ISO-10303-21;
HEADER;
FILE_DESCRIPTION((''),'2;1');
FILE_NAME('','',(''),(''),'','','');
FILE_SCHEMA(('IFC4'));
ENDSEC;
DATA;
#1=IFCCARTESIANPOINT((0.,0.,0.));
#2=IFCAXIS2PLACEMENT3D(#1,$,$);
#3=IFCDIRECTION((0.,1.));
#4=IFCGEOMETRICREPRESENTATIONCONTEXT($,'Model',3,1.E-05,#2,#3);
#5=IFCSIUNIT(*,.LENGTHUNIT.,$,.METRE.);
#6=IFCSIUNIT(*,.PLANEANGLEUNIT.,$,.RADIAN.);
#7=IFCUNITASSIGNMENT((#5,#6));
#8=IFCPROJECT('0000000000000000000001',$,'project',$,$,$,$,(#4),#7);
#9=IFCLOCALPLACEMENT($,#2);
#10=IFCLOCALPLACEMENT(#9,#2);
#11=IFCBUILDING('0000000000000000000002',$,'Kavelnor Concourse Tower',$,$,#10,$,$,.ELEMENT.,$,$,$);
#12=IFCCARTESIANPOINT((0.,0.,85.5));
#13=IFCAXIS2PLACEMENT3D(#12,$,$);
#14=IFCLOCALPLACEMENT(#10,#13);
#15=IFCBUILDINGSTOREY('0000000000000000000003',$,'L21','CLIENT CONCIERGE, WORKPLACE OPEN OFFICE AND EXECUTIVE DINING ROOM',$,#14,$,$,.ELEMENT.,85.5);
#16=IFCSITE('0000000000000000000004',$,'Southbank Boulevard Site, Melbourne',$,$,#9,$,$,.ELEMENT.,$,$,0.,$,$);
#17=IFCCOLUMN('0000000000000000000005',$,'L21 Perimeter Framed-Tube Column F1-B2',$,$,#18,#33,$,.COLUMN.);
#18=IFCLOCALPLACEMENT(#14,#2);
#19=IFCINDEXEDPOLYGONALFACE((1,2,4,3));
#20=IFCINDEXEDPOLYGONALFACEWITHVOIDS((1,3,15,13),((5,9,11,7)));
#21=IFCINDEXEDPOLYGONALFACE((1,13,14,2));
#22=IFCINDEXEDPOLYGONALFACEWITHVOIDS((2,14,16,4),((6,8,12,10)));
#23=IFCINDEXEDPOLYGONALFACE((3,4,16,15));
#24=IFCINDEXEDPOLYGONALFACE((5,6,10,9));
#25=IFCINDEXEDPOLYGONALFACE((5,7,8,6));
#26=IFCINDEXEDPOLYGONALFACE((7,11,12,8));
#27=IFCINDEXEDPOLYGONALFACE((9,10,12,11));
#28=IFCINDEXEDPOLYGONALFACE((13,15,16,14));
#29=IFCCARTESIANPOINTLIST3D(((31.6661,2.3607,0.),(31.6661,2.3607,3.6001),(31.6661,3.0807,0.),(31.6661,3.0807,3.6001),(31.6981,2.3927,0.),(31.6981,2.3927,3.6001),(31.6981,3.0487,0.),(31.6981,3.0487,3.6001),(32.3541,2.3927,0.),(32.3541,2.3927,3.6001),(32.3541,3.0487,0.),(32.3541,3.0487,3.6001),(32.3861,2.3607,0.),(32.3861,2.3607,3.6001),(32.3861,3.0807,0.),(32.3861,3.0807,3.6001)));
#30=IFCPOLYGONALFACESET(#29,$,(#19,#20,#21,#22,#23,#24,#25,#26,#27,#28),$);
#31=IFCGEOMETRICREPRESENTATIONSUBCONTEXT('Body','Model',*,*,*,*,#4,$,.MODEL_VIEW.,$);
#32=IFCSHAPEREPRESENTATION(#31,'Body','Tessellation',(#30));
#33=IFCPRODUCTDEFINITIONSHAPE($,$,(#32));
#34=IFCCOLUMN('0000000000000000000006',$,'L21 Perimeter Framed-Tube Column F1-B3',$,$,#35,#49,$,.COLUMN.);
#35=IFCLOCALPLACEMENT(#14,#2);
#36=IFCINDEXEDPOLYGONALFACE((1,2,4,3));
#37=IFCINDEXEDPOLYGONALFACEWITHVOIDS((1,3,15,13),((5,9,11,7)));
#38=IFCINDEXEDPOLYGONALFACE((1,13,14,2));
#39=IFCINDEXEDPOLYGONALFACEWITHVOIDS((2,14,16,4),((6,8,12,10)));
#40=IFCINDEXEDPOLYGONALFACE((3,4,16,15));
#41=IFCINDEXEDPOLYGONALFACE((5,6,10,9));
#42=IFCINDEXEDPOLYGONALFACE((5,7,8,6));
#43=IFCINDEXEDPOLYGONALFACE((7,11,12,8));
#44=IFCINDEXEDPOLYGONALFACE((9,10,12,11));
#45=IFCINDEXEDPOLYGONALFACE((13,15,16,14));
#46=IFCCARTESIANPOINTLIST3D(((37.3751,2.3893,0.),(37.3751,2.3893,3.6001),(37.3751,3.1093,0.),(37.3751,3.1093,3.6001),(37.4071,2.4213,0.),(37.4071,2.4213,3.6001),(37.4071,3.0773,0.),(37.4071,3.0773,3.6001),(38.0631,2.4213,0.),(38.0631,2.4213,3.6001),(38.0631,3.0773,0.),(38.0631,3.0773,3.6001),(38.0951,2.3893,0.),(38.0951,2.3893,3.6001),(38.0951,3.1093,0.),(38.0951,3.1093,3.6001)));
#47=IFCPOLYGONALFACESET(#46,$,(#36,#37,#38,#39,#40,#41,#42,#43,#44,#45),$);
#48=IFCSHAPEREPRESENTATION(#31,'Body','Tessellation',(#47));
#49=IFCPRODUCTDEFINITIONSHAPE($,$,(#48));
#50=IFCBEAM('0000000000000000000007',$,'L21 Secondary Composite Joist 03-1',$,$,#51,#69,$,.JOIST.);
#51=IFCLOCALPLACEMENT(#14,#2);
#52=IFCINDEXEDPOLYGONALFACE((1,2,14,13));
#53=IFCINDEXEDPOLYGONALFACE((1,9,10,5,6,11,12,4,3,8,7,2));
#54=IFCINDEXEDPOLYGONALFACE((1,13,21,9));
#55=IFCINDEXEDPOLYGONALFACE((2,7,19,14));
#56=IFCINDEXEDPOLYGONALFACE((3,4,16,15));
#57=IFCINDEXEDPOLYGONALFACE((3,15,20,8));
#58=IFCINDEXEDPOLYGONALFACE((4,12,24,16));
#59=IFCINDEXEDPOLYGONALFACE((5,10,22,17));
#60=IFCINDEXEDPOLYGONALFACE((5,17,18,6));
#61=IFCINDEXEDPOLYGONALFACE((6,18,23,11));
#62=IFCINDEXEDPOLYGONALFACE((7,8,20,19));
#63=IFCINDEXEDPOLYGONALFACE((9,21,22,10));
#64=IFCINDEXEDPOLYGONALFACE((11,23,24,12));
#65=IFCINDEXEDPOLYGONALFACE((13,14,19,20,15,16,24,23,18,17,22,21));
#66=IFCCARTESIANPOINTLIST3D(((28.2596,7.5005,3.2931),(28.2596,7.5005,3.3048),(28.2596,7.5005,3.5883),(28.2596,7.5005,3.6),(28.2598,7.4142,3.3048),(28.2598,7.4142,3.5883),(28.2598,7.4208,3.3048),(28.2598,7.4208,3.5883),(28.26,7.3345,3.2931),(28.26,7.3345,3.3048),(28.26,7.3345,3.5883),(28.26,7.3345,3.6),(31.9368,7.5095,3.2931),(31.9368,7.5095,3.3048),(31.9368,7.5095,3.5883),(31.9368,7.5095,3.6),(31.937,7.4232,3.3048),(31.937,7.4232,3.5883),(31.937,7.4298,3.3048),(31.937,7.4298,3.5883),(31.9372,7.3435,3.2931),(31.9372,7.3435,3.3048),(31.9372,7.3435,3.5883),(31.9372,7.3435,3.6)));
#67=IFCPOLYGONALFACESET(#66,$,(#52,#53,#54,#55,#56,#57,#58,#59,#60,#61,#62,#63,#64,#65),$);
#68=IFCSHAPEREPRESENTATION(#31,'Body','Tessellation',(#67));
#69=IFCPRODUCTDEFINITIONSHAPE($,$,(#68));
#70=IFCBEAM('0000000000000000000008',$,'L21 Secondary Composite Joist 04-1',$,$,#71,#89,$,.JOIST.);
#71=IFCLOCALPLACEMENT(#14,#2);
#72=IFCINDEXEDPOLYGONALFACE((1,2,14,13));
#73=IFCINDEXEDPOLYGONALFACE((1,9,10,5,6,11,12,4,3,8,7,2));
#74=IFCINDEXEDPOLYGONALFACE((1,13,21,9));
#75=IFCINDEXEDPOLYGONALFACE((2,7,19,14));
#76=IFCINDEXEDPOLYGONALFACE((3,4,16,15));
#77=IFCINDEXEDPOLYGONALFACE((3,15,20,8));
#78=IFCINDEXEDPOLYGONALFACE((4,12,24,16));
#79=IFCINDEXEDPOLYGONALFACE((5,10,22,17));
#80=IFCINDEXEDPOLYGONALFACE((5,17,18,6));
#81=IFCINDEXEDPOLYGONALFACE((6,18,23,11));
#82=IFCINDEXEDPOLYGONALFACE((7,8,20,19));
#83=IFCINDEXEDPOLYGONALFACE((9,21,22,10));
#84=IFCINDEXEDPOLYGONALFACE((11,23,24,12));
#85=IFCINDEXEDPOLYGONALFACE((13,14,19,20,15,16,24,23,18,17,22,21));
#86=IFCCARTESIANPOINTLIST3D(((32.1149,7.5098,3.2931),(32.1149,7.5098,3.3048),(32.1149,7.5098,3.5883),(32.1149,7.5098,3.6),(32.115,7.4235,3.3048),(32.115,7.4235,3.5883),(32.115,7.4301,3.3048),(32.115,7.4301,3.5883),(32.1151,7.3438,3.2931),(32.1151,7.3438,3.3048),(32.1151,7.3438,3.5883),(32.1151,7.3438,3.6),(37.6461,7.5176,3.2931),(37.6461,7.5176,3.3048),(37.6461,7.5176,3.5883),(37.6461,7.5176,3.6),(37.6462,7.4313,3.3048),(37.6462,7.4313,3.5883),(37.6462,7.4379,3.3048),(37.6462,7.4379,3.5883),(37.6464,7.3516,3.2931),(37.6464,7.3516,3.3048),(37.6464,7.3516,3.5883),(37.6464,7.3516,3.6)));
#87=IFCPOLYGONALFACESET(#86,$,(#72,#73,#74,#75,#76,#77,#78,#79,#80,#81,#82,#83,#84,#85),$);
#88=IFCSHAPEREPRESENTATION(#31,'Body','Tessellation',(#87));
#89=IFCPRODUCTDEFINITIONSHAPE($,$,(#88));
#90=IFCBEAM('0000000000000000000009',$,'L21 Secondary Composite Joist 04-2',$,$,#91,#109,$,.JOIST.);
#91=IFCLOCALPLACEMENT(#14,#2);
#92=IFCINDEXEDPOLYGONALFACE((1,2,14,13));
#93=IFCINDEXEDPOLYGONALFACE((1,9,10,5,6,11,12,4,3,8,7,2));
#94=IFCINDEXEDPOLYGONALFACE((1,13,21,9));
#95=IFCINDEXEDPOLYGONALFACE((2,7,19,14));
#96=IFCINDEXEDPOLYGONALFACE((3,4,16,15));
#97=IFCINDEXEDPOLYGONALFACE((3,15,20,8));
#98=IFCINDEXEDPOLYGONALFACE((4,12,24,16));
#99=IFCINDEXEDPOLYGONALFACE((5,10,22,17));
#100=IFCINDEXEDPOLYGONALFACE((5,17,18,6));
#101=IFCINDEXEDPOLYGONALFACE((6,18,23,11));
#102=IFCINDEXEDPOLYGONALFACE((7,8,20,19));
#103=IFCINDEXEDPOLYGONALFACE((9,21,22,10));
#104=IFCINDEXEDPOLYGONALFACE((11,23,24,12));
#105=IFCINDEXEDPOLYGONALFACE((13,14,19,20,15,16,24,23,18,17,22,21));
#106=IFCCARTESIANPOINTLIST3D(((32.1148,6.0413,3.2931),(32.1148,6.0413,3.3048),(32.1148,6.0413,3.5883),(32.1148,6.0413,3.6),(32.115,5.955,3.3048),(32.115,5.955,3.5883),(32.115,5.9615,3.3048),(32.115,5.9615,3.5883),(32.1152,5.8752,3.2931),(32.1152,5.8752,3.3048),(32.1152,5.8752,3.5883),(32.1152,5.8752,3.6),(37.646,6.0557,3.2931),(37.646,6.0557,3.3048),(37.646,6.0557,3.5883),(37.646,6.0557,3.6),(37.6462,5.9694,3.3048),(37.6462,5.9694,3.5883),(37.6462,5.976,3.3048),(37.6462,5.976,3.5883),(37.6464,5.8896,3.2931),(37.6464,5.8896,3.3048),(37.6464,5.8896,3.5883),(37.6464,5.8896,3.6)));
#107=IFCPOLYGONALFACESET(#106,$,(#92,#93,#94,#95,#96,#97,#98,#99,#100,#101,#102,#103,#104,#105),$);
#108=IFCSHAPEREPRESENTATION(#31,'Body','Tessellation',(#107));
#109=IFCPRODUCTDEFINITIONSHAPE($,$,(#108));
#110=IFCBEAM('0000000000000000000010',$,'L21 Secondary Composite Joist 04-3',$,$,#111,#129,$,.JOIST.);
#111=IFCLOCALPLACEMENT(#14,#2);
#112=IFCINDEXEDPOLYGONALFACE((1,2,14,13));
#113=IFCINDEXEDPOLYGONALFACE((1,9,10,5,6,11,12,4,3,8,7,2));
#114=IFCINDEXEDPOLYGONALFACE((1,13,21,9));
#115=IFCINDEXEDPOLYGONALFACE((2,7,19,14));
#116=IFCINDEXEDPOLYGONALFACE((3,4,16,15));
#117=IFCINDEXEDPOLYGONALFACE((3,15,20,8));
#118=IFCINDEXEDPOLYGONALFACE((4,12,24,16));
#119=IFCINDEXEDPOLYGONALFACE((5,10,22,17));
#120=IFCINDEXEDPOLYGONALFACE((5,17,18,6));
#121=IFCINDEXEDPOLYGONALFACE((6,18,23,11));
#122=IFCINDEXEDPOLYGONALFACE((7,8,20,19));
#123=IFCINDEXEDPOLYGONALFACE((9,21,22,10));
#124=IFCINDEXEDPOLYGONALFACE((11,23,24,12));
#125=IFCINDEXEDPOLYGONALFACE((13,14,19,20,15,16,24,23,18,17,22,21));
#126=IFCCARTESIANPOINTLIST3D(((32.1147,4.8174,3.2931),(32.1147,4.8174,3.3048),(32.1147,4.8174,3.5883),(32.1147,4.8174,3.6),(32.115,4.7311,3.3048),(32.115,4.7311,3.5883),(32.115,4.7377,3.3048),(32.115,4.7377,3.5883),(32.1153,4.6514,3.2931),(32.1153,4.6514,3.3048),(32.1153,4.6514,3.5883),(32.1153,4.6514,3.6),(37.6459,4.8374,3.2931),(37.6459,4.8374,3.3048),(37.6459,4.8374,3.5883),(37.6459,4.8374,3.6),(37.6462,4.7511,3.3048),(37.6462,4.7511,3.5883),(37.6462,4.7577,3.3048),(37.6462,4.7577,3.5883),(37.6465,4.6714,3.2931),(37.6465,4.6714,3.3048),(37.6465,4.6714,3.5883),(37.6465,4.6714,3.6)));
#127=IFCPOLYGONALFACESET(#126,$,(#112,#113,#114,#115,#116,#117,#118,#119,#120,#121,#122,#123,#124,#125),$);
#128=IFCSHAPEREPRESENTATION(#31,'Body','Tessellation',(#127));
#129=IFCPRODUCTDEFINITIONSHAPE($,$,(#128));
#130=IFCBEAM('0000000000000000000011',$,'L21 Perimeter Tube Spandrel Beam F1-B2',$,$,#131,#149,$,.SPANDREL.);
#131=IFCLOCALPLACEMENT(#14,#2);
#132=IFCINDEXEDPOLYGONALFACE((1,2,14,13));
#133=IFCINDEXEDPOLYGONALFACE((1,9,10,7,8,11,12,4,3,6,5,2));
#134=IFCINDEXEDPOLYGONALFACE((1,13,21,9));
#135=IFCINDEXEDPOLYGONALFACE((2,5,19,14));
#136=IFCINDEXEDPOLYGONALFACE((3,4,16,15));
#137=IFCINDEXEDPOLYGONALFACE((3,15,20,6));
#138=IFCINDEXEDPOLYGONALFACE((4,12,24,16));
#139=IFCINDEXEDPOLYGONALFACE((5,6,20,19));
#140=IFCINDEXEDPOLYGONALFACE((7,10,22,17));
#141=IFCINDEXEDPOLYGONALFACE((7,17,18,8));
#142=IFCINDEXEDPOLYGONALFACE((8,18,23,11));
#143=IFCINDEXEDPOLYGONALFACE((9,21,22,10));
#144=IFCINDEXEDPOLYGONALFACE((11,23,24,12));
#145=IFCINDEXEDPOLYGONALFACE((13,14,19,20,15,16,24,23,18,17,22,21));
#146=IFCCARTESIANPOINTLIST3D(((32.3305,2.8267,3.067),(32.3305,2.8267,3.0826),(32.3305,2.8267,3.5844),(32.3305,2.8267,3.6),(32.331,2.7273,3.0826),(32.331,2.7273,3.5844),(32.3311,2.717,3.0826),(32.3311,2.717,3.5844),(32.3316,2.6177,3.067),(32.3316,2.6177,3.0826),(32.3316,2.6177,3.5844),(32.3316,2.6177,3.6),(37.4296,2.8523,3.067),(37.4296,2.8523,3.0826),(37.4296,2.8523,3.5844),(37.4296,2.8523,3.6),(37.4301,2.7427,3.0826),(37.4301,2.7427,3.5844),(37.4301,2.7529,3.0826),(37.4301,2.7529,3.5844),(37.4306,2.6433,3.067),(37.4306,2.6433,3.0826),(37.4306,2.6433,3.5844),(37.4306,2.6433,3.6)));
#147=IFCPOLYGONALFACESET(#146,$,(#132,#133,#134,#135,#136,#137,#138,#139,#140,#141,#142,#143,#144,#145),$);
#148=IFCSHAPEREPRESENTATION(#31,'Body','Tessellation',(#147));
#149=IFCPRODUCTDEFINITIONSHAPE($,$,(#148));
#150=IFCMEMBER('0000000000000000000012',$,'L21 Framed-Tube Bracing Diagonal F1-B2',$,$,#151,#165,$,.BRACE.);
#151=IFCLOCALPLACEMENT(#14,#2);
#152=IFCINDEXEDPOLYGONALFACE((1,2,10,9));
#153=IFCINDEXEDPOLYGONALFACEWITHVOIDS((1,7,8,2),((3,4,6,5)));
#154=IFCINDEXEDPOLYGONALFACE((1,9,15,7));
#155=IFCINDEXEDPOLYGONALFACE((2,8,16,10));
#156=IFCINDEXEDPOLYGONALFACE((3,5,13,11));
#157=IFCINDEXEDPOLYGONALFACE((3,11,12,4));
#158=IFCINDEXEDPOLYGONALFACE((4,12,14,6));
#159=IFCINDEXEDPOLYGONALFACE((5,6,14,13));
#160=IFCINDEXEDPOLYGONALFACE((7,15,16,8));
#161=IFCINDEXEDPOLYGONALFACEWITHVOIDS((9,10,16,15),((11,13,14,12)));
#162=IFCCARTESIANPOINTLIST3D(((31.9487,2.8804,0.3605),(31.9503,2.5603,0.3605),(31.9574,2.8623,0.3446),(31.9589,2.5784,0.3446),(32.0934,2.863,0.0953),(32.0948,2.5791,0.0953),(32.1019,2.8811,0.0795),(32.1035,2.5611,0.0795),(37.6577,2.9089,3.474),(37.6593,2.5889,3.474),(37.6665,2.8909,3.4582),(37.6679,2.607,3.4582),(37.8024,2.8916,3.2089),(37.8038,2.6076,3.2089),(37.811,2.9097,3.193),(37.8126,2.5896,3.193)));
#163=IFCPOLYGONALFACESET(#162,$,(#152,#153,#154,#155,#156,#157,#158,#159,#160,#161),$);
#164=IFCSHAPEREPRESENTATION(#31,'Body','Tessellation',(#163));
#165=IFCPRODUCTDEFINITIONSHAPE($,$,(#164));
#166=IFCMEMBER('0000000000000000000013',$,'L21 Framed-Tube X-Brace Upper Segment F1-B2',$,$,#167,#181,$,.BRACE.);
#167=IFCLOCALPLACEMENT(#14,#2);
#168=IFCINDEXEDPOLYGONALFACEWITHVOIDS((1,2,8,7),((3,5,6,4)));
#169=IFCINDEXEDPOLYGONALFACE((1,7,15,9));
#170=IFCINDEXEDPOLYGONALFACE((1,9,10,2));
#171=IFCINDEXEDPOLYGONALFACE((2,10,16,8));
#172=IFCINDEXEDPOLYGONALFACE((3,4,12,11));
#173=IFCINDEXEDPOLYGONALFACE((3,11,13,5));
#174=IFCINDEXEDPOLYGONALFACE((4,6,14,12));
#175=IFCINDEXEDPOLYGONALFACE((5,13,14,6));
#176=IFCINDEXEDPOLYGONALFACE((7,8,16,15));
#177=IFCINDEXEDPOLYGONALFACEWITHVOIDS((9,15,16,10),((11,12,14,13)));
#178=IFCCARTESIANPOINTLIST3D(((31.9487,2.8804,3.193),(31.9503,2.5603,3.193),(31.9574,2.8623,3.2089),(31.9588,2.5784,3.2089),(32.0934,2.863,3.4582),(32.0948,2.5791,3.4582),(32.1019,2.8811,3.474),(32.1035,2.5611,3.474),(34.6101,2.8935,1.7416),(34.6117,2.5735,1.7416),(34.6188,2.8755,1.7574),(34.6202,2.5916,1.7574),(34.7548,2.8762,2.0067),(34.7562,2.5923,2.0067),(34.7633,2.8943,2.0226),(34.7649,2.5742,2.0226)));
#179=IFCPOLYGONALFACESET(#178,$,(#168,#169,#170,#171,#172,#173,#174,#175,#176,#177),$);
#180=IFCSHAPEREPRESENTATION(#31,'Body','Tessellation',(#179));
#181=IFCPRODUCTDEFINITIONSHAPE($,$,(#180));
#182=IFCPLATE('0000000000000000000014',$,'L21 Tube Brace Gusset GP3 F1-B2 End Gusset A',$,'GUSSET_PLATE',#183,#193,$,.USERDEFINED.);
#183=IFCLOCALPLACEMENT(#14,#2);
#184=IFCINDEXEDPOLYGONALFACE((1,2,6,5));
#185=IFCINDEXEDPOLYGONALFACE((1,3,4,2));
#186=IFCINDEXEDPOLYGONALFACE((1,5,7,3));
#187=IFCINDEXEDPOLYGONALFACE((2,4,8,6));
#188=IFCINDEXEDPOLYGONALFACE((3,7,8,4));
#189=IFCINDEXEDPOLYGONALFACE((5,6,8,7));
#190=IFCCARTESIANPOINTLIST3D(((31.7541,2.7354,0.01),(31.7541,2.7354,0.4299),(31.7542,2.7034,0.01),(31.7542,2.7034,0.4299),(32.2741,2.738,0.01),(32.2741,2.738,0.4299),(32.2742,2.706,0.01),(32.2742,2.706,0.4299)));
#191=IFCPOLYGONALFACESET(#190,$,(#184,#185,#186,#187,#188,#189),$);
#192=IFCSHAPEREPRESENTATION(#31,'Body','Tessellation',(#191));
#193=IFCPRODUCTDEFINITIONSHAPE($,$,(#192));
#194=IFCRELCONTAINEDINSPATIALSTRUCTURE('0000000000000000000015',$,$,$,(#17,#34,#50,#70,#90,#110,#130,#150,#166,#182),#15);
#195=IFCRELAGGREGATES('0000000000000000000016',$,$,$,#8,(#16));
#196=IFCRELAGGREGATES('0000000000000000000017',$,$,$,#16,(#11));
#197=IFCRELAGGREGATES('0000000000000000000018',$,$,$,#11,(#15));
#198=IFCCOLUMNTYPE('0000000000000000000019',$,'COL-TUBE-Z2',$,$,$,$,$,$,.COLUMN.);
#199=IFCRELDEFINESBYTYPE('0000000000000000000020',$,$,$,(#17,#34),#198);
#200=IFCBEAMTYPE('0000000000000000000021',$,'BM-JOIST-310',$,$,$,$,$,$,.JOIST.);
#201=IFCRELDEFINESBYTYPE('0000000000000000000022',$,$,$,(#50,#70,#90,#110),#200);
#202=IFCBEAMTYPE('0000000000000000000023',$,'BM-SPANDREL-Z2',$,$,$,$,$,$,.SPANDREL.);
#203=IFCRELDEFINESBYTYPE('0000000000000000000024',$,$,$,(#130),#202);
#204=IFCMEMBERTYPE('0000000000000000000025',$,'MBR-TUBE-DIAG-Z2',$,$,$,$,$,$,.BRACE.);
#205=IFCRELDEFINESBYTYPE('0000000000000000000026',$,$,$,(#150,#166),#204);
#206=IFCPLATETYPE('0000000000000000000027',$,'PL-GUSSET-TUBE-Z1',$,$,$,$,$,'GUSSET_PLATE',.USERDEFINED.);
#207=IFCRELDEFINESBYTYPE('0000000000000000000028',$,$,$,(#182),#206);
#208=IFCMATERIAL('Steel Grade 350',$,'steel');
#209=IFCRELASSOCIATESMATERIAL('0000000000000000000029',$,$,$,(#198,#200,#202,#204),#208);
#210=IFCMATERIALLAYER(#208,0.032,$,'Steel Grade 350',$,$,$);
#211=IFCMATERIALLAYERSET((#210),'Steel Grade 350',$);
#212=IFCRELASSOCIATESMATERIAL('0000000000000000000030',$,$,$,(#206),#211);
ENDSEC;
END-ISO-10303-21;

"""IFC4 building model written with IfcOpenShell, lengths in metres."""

from ifc_helpers import new_model, si_unit, direction, frame, origin, origin_2d, place, context, subcontext, project, spatial, rectangle, hollow_rectangle, i_section, extrude, material, layer, layer_set, material_profile, profile_set, type_object, element, save


model = new_model("IFC4")

# Units and contexts
model_context = context("Model", 3, precision=1e-05, world=origin(), true_north=direction((0.0, 1.0)))
body_context = subcontext(model_context, "Body", "Model", "MODEL_VIEW")
ifc_project = project(units=[si_unit("LENGTHUNIT", "METRE"), si_unit("PLANEANGLEUNIT", "RADIAN")], contexts=[model_context])

# Site, building, storey
site_placement = place(None, origin())
site = spatial("IfcSite", under=ifc_project, at=site_placement, Name="Southbank Boulevard Site, Melbourne", CompositionType="ELEMENT", RefElevation=0.0)
building_placement = place(site_placement, origin())
building = spatial("IfcBuilding", under=site, at=building_placement, Name="Kavelnor Concourse Tower", CompositionType="ELEMENT")
storey_placement = place(building_placement, frame((0.0, 0.0, 85.5)))
storey = spatial("IfcBuildingStorey", under=building, at=storey_placement, Name="L21", Description="CLIENT CONCIERGE, WORKPLACE OPEN OFFICE AND EXECUTIVE DINING ROOM", CompositionType="ELEMENT", Elevation=85.5)

# Columns
ifc_material = material(Name="Steel Grade 350", Category="steel")
ifc_material_profile_1 = material_profile(ifc_material, hollow_rectangle(XDim=0.72, YDim=0.72, WallThickness=0.032, at=origin_2d()), Name="SHS 720x720x32")
ifc_profile_set_1 = profile_set([ifc_material_profile_1], Name="Steel Grade 350")
column_type = type_object("IfcColumnType", Name="COL-TUBE-Z2", PredefinedType="COLUMN", material=ifc_profile_set_1)
for number, where, z_axis, x_axis, name in (
    (1, (32.0261, 2.7207, 0.0), (0.0, 0.0, 1.0), (1.0, 0.0, 0.0), "L21 Perimeter Framed-Tube Column F1-B2"),
    (2, (37.7351, 2.7493, 0.0), (0.0, 0.0, 1.0), (1.0, 0.0, 0.0), "L21 Perimeter Framed-Tube Column F1-B3"),
):
    element("IfcColumn", number, at=place(storey_placement, frame(where, z_axis=z_axis, x_axis=x_axis)), inside=storey, type_object=column_type, Name=name, PredefinedType="COLUMN", context=body_context, shape_type="SweptSolid", body=[
        extrude(hollow_rectangle(XDim=0.72, YDim=0.72, WallThickness=0.032, at=origin_2d()), origin(), (0.0, 0.0, 1.0), 3.6001),
    ])

# Beams
ifc_material_profile_2 = material_profile(ifc_material, i_section(OverallWidth=0.166, OverallDepth=0.3069, WebThickness=0.0066, FlangeThickness=0.0117, at=origin_2d()), Name="310UB46")
ifc_profile_set_2 = profile_set([ifc_material_profile_2], Name="Steel Grade 350")
beam_type_1 = type_object("IfcBeamType", Name="BM-JOIST-310", PredefinedType="JOIST", material=ifc_profile_set_2)
beam_1_placement = place(storey_placement, frame((28.2598, 7.4175, 3.4465), z_axis=(0.999997, 0.002457, 0.0), x_axis=(-0.002457, 0.999997, 0.0)))
element("IfcBeam", 3, at=beam_1_placement, inside=storey, type_object=beam_type_1, Name="L21 Secondary Composite Joist 03-1", PredefinedType="JOIST", context=body_context, shape_type="SweptSolid", body=[
    extrude(i_section(OverallWidth=0.166, OverallDepth=0.3069, WebThickness=0.0066, FlangeThickness=0.0117, at=origin_2d()), origin(), (0.0, 0.0, 1.0), 3.6772),
])
for number, where, z_axis, x_axis, name in (
    (4, (32.115, 7.4268, 3.4465), (0.999999, 0.001412, 0.0), (-0.001412, 0.999999, 0.0), "L21 Secondary Composite Joist 04-1"),
    (5, (32.115, 5.9583, 3.4465), (0.999997, 0.002604, 0.0), (-0.002604, 0.999997, 0.0), "L21 Secondary Composite Joist 04-2"),
    (6, (32.115, 4.7344, 3.4465), (0.999993, 0.003619, 0.0), (-0.003619, 0.999993, 0.0), "L21 Secondary Composite Joist 04-3"),
):
    element("IfcBeam", number, at=place(storey_placement, frame(where, z_axis=z_axis, x_axis=x_axis)), inside=storey, type_object=beam_type_1, Name=name, PredefinedType="JOIST", context=body_context, shape_type="SweptSolid", body=[
        extrude(i_section(OverallWidth=0.166, OverallDepth=0.3069, WebThickness=0.0066, FlangeThickness=0.0117, at=origin_2d()), origin(), (0.0, 0.0, 1.0), 5.5312),
    ])
ifc_material_profile_3 = material_profile(ifc_material, i_section(OverallWidth=0.209, OverallDepth=0.533, WebThickness=0.0103, FlangeThickness=0.0156, at=origin_2d()), Name="530UB92")
ifc_profile_set_3 = profile_set([ifc_material_profile_3], Name="Steel Grade 350")
beam_type_2 = type_object("IfcBeamType", Name="BM-SPANDREL-Z2", PredefinedType="SPANDREL", material=ifc_profile_set_3)
beam_2_placement = place(storey_placement, frame((32.3311, 2.7222, 3.3335), z_axis=(0.999987, 0.005027, 0.0), x_axis=(-0.005027, 0.999987, 0.0)))
element("IfcBeam", 7, at=beam_2_placement, inside=storey, type_object=beam_type_2, Name="L21 Perimeter Tube Spandrel Beam F1-B2", PredefinedType="SPANDREL", context=body_context, shape_type="SweptSolid", body=[
    extrude(i_section(OverallWidth=0.209, OverallDepth=0.533, WebThickness=0.0103, FlangeThickness=0.0156, at=origin_2d()), origin(), (0.0, 0.0, 1.0), 5.0991),
])

# Members
ifc_material_profile_4 = material_profile(ifc_material, hollow_rectangle(XDim=0.3201, YDim=0.3201, WallThickness=0.0181, at=origin_2d()), Name="SHS 320x320x18")
ifc_profile_set_4 = profile_set([ifc_material_profile_4], Name="Steel Grade 350")
member_type = type_object("IfcMemberType", Name="MBR-TUBE-DIAG-Z2", PredefinedType="BRACE", material=ifc_profile_set_4)
member_1_placement = place(storey_placement, frame((32.0261, 2.7207, 0.22), z_axis=(0.877917, 0.004393, 0.478792), x_axis=(-0.005003, 0.999987, 0.0)))
element("IfcMember", 8, at=member_1_placement, inside=storey, type_object=member_type, Name="L21 Framed-Tube Bracing Diagonal F1-B2", PredefinedType="BRACE", context=body_context, shape_type="SweptSolid", body=[
    extrude(hollow_rectangle(XDim=0.3201, YDim=0.3201, WallThickness=0.0181, at=origin_2d()), origin(), (0.0, 0.0, 1.0), 6.5029),
])
member_2_placement = place(storey_placement, frame((34.6875, 2.7339, 1.8821), z_axis=(-0.877921, -0.004349, 0.478786), x_axis=(0.004954, -0.999988, 0.0)))
element("IfcMember", 9, at=member_2_placement, inside=storey, type_object=member_type, Name="L21 Framed-Tube X-Brace Upper Segment F1-B2", PredefinedType="BRACE", context=body_context, shape_type="SweptSolid", body=[
    extrude(hollow_rectangle(XDim=0.3201, YDim=0.3201, WallThickness=0.0181, at=origin_2d()), origin(), (0.0, 0.0, 1.0), 3.0315),
])

# Plate
ifc_layer_1 = layer(ifc_material, 0.032, Name="Steel Grade 350")
ifc_layer_set_1 = layer_set([ifc_layer_1], Name="Steel Grade 350")
plate_type_1 = type_object("IfcPlateType", Name="PL-GUSSET-TUBE-Z1", ElementType="GUSSET_PLATE", PredefinedType="USERDEFINED", material=ifc_layer_set_1)
plate_1_placement = place(storey_placement, frame((32.0142, 2.7207, 0.01), z_axis=(0.0, 0.0, 1.0), x_axis=(0.999987, 0.005061, 0.0)))
element("IfcPlate", 10, at=plate_1_placement, inside=storey, type_object=plate_type_1, Name="L21 Tube Brace Gusset GP3 F1-B2 End Gusset A", ObjectType="GUSSET_PLATE", PredefinedType="USERDEFINED", context=body_context, shape_type="SweptSolid", body=[
    extrude(rectangle(XDim=0.52, YDim=0.032, at=origin_2d()), origin(), (0.0, 0.0, 1.0), 0.4199),
])

save(model, "model.ifc")
